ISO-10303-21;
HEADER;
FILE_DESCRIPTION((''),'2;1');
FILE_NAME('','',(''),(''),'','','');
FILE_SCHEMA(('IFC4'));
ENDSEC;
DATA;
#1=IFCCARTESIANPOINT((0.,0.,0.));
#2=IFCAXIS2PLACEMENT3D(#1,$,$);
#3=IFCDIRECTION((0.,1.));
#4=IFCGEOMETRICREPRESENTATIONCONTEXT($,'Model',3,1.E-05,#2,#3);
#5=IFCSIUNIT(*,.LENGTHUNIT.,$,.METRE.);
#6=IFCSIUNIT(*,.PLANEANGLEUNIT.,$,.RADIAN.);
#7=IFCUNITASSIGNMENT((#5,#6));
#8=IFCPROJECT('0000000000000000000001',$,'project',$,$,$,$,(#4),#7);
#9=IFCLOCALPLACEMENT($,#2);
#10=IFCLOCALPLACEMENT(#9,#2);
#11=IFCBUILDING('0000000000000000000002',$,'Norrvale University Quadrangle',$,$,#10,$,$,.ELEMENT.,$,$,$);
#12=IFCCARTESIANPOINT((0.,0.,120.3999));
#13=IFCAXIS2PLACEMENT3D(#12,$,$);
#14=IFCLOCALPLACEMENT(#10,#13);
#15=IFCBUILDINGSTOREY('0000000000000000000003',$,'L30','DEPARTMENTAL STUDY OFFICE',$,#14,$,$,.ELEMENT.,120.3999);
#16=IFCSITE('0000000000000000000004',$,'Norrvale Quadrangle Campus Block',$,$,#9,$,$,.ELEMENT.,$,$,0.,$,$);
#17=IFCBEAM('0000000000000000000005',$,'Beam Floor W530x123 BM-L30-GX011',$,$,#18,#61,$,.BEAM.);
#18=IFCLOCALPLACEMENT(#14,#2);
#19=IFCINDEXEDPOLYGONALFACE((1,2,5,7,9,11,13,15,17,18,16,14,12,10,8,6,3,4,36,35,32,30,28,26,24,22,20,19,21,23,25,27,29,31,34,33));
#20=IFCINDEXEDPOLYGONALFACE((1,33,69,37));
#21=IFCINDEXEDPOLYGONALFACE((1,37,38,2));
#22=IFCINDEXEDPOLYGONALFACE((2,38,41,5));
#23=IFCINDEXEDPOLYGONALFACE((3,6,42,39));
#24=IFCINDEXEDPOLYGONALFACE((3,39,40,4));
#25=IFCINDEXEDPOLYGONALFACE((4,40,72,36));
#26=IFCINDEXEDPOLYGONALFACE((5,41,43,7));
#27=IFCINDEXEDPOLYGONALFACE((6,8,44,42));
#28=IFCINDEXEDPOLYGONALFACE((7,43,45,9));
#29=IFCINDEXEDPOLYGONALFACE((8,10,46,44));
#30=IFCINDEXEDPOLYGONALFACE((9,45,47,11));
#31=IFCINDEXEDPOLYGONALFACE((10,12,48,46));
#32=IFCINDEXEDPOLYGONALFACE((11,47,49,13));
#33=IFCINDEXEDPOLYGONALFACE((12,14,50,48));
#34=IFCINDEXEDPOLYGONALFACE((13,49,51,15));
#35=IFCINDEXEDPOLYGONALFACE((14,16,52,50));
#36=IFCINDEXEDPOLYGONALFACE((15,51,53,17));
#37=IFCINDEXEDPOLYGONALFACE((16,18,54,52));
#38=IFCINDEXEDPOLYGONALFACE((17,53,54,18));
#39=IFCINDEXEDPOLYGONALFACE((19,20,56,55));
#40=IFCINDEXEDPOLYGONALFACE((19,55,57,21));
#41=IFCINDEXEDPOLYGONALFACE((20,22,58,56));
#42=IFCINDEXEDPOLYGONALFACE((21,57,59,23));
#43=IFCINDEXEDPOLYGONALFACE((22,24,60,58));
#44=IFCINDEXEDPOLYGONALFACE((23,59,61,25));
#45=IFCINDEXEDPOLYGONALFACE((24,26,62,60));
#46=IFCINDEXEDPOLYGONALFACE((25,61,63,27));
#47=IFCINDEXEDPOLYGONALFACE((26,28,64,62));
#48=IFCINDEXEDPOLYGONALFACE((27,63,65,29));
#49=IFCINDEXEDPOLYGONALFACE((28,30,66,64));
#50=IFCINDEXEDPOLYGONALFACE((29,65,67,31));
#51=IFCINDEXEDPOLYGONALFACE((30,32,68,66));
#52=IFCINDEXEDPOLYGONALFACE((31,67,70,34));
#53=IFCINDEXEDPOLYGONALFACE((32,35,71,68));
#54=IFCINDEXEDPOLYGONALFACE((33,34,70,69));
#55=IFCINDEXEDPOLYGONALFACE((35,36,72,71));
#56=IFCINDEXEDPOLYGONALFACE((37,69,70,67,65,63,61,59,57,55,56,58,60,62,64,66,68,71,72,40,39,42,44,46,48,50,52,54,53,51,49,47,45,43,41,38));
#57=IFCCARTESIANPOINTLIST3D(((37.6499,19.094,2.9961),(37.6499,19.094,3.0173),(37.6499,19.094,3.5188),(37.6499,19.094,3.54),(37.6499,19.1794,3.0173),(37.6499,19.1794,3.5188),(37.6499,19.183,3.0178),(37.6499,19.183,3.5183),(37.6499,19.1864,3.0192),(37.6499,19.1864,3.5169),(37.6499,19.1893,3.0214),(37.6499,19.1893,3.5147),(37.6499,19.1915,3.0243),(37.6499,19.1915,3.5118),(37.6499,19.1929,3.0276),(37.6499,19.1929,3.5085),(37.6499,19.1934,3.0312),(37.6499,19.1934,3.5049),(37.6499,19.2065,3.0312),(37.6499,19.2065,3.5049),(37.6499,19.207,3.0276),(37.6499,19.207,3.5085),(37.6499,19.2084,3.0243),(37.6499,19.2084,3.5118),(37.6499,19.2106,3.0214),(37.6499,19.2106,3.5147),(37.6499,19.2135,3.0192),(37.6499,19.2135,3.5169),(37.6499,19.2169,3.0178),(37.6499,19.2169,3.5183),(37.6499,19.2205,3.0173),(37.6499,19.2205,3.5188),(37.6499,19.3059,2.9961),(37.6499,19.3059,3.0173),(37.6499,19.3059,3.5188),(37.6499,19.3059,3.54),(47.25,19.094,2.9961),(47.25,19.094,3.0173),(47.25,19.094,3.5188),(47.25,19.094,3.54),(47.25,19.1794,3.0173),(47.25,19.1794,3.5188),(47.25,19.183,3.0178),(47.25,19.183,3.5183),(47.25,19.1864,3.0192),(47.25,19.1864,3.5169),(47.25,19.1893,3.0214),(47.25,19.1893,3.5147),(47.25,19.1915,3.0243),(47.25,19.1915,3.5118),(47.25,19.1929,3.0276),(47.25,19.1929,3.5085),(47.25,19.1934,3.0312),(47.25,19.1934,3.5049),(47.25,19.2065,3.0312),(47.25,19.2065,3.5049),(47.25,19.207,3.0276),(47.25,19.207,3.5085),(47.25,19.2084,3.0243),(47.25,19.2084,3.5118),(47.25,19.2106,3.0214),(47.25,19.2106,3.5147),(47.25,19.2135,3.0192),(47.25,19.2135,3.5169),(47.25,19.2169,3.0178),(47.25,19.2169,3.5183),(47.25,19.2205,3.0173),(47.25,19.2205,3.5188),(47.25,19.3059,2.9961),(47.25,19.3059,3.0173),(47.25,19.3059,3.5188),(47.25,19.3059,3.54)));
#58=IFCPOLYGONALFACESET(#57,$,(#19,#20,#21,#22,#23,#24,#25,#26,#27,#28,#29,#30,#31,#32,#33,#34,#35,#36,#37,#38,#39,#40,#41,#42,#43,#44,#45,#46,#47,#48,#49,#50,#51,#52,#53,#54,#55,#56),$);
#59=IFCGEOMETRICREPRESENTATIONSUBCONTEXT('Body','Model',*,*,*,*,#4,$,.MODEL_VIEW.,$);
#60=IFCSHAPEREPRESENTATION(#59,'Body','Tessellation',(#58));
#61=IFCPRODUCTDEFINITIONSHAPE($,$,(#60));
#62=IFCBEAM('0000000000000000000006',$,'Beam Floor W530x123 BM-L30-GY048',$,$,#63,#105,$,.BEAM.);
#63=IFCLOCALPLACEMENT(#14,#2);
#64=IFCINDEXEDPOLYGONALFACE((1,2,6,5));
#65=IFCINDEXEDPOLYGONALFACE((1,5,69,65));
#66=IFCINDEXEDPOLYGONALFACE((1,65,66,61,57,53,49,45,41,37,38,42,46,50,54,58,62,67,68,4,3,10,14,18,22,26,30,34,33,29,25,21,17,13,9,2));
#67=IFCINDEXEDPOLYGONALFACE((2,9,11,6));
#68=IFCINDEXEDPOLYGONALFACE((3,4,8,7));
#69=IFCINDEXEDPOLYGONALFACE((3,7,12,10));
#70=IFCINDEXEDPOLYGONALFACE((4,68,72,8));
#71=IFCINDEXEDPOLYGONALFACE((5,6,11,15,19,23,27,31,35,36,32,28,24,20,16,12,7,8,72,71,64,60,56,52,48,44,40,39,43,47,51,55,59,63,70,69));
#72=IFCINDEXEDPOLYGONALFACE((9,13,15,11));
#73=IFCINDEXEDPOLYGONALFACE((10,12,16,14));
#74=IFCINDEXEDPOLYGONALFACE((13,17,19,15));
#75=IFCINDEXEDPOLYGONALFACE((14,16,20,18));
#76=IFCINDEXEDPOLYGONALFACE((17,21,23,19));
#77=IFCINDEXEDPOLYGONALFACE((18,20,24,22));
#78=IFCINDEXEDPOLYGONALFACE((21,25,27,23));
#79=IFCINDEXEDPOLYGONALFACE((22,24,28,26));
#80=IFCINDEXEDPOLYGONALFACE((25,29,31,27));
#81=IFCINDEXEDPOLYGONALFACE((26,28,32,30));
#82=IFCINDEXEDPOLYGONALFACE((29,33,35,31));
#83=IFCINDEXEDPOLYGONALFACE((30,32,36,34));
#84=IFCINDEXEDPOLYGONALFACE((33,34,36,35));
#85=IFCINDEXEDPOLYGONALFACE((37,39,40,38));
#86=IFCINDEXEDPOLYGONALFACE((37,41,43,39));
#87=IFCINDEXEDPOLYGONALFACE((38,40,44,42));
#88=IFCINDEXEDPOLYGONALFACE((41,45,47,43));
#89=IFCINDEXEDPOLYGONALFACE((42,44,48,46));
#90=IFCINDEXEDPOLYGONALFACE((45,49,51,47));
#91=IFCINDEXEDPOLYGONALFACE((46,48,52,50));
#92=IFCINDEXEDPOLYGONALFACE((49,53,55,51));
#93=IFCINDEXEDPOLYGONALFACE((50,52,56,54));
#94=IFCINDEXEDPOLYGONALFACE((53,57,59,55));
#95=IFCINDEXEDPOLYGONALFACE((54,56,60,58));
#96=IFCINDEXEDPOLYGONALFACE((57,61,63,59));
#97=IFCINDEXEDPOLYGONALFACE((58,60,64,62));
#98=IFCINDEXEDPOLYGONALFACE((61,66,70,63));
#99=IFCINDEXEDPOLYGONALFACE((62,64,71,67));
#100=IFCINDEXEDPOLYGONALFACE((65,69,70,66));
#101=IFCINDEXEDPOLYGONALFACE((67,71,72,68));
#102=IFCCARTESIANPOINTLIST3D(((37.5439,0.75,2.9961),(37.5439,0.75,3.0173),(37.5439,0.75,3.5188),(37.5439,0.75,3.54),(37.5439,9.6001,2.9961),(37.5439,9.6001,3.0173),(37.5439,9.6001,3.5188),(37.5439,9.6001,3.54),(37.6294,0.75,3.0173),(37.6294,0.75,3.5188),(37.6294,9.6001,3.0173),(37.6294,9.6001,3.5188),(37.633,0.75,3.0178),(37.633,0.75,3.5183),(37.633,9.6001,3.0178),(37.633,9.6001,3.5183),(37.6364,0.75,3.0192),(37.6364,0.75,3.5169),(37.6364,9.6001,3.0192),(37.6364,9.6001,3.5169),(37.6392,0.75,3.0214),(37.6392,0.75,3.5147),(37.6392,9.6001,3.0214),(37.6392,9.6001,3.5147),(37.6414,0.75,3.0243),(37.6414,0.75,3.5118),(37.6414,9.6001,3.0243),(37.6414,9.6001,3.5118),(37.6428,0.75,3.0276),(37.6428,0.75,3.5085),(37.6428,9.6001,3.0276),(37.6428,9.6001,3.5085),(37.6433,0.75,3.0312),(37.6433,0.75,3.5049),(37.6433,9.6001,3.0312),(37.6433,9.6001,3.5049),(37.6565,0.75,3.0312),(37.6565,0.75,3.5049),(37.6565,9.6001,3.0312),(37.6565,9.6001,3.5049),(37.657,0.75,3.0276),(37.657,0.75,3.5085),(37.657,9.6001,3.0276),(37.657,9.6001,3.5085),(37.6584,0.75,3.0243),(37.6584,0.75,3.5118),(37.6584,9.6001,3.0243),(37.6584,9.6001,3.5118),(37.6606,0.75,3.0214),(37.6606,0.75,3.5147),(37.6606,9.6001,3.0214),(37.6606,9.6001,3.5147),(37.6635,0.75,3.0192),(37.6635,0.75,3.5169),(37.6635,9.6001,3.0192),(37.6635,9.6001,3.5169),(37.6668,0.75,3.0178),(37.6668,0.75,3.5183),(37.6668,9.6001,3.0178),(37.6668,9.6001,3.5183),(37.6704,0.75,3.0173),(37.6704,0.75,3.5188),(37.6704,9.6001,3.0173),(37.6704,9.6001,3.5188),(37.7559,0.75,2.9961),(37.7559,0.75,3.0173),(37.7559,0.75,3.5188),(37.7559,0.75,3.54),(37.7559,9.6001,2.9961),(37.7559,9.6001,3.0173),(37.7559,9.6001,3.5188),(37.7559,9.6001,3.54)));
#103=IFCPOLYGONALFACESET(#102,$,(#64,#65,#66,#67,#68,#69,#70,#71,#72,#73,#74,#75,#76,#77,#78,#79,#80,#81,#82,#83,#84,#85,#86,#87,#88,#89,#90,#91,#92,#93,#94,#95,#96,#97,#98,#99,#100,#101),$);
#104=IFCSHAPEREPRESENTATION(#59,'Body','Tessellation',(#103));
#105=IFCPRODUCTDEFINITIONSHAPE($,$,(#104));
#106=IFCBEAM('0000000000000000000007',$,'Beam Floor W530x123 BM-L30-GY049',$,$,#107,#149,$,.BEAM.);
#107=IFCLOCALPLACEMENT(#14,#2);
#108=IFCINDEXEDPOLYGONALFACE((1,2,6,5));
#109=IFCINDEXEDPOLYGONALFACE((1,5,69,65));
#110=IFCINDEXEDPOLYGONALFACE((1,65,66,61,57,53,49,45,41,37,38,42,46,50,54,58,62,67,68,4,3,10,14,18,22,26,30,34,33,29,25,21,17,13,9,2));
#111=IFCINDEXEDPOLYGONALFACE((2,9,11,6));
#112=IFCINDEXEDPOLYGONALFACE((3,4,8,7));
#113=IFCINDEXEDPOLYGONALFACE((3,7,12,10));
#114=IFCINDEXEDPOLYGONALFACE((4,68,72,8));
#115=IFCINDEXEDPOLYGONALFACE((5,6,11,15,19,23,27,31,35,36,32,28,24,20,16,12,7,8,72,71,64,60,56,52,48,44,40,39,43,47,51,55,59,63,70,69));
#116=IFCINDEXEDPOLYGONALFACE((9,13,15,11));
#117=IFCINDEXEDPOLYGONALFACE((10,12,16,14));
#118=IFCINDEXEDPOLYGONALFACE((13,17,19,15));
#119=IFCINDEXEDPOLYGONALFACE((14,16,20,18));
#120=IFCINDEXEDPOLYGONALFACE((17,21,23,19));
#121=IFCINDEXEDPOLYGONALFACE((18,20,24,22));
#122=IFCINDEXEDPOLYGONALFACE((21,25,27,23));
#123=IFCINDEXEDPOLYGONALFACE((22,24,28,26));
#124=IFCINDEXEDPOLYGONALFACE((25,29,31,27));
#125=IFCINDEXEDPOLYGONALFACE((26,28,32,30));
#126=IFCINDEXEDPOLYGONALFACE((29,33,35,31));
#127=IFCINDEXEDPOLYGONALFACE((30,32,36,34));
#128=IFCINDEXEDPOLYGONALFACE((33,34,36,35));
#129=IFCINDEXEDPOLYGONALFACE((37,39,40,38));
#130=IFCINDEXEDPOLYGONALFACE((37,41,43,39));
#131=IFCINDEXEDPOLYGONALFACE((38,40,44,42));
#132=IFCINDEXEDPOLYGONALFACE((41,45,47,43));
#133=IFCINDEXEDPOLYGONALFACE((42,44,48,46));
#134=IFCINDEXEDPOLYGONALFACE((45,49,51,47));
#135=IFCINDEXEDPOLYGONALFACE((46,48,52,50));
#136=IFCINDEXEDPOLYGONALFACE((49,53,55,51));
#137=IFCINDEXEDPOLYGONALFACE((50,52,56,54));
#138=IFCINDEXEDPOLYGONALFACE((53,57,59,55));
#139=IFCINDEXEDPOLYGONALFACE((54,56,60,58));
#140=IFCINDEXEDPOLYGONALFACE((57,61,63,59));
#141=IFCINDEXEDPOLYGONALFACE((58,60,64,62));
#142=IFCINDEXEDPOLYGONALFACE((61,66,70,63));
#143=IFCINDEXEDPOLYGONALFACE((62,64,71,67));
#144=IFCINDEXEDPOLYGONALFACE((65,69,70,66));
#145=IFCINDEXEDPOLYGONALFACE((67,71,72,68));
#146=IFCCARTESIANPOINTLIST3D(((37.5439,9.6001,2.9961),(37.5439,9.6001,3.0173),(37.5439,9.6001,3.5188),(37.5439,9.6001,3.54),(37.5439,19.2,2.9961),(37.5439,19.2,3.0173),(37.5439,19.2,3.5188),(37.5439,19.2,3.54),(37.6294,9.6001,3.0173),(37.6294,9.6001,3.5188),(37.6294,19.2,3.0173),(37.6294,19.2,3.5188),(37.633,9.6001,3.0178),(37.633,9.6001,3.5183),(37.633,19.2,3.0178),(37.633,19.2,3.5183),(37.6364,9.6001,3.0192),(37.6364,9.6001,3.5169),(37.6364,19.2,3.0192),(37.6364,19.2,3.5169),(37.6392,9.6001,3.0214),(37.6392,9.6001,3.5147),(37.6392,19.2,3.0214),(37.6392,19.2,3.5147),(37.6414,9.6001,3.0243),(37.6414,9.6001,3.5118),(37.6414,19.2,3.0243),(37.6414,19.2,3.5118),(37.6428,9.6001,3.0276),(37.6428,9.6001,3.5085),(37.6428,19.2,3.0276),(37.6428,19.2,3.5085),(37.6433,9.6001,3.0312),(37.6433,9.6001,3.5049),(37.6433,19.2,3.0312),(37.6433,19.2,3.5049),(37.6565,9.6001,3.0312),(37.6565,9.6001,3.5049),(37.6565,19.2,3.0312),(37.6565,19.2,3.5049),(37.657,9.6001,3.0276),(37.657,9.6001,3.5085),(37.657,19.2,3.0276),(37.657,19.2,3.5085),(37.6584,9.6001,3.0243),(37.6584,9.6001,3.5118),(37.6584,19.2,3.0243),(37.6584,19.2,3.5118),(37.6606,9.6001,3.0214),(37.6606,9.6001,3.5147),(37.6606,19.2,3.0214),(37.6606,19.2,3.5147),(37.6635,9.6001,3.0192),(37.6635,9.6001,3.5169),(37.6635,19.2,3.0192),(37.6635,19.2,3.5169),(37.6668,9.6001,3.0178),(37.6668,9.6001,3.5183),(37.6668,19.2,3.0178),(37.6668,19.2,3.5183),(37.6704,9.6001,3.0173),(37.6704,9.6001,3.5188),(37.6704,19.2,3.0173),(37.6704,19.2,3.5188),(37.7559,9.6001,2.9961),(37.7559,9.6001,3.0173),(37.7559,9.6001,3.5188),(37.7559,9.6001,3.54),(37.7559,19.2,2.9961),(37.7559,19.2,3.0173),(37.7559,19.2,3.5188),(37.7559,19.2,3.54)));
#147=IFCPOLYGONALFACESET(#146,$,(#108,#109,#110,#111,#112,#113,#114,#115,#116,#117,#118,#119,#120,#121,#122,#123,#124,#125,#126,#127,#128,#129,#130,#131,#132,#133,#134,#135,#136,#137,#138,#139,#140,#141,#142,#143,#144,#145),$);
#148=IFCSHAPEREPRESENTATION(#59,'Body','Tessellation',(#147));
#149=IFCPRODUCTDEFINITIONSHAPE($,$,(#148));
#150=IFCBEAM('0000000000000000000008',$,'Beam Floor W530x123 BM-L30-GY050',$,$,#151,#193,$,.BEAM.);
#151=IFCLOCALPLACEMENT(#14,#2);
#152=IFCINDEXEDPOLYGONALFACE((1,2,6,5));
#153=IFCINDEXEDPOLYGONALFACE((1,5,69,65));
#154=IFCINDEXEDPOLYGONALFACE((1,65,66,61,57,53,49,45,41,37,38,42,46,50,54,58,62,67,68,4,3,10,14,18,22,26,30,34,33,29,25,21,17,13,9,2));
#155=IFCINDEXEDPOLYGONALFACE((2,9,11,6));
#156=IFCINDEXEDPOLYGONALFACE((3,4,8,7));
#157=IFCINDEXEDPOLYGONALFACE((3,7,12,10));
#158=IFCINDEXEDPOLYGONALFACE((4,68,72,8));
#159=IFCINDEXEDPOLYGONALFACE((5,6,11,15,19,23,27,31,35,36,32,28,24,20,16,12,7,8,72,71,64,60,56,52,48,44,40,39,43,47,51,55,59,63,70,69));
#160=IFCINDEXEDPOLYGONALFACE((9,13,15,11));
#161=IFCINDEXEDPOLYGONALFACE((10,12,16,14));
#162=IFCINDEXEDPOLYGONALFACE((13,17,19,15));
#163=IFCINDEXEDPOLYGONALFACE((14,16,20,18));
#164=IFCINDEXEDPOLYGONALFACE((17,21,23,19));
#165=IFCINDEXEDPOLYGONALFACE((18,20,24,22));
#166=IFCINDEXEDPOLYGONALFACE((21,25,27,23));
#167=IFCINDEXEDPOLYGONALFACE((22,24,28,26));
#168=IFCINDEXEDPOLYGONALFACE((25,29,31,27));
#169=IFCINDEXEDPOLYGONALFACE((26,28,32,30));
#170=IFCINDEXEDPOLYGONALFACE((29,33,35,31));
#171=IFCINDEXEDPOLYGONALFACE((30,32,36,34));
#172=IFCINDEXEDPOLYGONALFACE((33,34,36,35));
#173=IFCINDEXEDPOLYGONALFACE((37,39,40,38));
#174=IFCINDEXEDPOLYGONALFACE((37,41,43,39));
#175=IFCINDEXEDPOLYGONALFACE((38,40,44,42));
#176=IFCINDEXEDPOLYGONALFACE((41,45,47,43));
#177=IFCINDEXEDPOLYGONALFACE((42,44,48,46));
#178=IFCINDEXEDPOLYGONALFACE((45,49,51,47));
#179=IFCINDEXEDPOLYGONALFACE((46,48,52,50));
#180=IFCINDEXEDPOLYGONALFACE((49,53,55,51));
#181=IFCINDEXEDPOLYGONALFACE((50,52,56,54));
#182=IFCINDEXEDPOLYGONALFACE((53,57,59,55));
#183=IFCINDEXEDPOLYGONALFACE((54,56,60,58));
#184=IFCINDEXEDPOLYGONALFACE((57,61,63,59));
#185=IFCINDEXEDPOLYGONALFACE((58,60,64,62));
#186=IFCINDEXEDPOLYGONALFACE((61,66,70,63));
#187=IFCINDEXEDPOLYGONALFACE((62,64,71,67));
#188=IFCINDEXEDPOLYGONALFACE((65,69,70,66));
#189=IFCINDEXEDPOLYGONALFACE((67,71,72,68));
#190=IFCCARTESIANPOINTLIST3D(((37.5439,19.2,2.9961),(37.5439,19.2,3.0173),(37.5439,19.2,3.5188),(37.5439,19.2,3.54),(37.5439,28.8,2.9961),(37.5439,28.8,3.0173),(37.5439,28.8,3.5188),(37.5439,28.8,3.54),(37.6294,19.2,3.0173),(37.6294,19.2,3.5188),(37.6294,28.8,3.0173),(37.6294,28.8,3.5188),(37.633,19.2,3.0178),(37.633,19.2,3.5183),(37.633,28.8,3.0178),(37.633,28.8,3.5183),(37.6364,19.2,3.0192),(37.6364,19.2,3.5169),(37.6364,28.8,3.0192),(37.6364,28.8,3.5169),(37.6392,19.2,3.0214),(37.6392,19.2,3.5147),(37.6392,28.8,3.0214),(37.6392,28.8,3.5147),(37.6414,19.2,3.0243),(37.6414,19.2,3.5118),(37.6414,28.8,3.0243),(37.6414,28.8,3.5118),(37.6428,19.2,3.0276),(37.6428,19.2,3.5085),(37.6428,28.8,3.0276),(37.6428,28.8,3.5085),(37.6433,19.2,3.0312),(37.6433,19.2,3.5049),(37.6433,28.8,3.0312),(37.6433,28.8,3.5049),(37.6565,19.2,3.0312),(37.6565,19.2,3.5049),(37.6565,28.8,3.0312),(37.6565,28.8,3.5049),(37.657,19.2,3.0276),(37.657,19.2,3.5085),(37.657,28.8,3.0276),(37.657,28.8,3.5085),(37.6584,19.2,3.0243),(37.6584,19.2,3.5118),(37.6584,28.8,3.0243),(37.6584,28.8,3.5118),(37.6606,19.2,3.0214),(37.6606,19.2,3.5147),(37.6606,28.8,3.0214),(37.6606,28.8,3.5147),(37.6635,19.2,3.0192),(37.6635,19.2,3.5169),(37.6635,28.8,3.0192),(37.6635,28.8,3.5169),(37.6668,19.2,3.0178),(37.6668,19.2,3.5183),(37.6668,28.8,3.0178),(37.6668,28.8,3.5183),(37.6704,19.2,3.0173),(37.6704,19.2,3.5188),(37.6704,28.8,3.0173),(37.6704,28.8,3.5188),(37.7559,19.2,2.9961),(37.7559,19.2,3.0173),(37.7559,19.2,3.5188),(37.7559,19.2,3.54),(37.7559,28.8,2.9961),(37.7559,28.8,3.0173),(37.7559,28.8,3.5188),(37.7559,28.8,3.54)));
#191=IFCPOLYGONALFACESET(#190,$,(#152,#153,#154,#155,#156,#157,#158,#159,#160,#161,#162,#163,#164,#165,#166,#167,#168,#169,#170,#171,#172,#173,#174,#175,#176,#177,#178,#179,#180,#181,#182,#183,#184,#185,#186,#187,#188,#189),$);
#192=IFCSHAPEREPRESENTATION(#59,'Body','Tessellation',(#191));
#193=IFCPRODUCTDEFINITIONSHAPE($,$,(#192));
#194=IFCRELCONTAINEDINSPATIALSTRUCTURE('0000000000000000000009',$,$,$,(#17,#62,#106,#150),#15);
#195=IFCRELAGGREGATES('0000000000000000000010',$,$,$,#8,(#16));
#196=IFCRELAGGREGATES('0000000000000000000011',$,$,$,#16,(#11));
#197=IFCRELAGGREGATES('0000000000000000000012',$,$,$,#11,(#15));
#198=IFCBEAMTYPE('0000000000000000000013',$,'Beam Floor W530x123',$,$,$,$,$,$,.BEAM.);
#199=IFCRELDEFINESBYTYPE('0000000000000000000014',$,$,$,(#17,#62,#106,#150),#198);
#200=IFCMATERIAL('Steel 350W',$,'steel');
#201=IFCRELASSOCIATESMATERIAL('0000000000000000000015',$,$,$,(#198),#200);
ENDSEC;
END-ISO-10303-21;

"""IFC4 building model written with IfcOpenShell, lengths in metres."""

from ifc_helpers import new_model, si_unit, direction, frame, origin, origin_2d, place, context, subcontext, project, spatial, i_section, extrude, material, material_profile, profile_set, type_object, element, save


model = new_model("IFC4")

# Units and contexts
model_context = context("Model", 3, precision=1e-05, world=origin(), true_north=direction((0.0, 1.0)))
body_context = subcontext(model_context, "Body", "Model", "MODEL_VIEW")
ifc_project = project(units=[si_unit("LENGTHUNIT", "METRE"), si_unit("PLANEANGLEUNIT", "RADIAN")], contexts=[model_context])

# Site, building, storey
site_placement = place(None, origin())
site = spatial("IfcSite", under=ifc_project, at=site_placement, Name="Norrvale Quadrangle Campus Block", CompositionType="ELEMENT", RefElevation=0.0)
building_placement = place(site_placement, origin())
building = spatial("IfcBuilding", under=site, at=building_placement, Name="Norrvale University Quadrangle", CompositionType="ELEMENT")
storey_placement = place(building_placement, frame((0.0, 0.0, 120.3999)))
storey = spatial("IfcBuildingStorey", under=building, at=storey_placement, Name="L30", Description="DEPARTMENTAL STUDY OFFICE", CompositionType="ELEMENT", Elevation=120.3999)

# Beams
ifc_material_1 = material(Name="Steel 350W", Category="steel")
ifc_material_profile_1 = material_profile(ifc_material_1, i_section(OverallWidth=0.2119, OverallDepth=0.5439, WebThickness=0.0132, FlangeThickness=0.0212, FilletRadius=0.0139, at=origin_2d()), Name="Steel 350W")
ifc_profile_set_1 = profile_set([ifc_material_profile_1], Name="Steel 350W")
beam_type_1 = type_object("IfcBeamType", Name="Beam Floor W530x123", PredefinedType="BEAM", material=ifc_profile_set_1)
for number, where, z_axis, x_axis, name in (
    (1, (37.6499, 19.2, 3.2681), (1.0, 0.0, 0.0), (0.0, 1.0, 0.0), "Beam Floor W530x123 BM-L30-GX011"),
):
    element("IfcBeam", number, at=place(storey_placement, frame(where, z_axis=z_axis, x_axis=x_axis)), inside=storey, type_object=beam_type_1, Name=name, PredefinedType="BEAM", context=body_context, shape_type="SweptSolid", body=[
        extrude(i_section(OverallWidth=0.2119, OverallDepth=0.5439, WebThickness=0.0132, FlangeThickness=0.0212, FilletRadius=0.0139, at=origin_2d()), origin(), (0.0, 0.0, 1.0), 9.6001),
    ])
beam_1_placement = place(storey_placement, frame((37.6499, 0.75, 3.2681), z_axis=(0.0, 1.0, 0.0), x_axis=(-1.0, 0.0, 0.0)))
element("IfcBeam", 2, at=beam_1_placement, inside=storey, type_object=beam_type_1, Name="Beam Floor W530x123 BM-L30-GY048", PredefinedType="BEAM", context=body_context, shape_type="SweptSolid", body=[
    extrude(i_section(OverallWidth=0.2119, OverallDepth=0.5439, WebThickness=0.0132, FlangeThickness=0.0212, FilletRadius=0.0139, at=origin_2d()), origin(), (0.0, 0.0, 1.0), 8.8501),
])
beam_2_placement = place(storey_placement, frame((37.6499, 9.6001, 3.2681), z_axis=(0.0, 1.0, 0.0), x_axis=(-1.0, 0.0, 0.0)))
element("IfcBeam", 3, at=beam_2_placement, inside=storey, type_object=beam_type_1, Name="Beam Floor W530x123 BM-L30-GY049", PredefinedType="BEAM", context=body_context, shape_type="SweptSolid", body=[
    extrude(i_section(OverallWidth=0.2119, OverallDepth=0.5439, WebThickness=0.0132, FlangeThickness=0.0212, FilletRadius=0.0139, at=origin_2d()), origin(), (0.0, 0.0, 1.0), 9.5999),
])
beam_3_placement = place(storey_placement, frame((37.6499, 19.2, 3.2681), z_axis=(0.0, 1.0, 0.0), x_axis=(-1.0, 0.0, 0.0)))
element("IfcBeam", 4, at=beam_3_placement, inside=storey, type_object=beam_type_1, Name="Beam Floor W530x123 BM-L30-GY050", PredefinedType="BEAM", context=body_context, shape_type="SweptSolid", body=[
    extrude(i_section(OverallWidth=0.2119, OverallDepth=0.5439, WebThickness=0.0132, FlangeThickness=0.0212, FilletRadius=0.0139, at=origin_2d()), origin(), (0.0, 0.0, 1.0), 9.6001),
])

save(model, "model.ifc")
